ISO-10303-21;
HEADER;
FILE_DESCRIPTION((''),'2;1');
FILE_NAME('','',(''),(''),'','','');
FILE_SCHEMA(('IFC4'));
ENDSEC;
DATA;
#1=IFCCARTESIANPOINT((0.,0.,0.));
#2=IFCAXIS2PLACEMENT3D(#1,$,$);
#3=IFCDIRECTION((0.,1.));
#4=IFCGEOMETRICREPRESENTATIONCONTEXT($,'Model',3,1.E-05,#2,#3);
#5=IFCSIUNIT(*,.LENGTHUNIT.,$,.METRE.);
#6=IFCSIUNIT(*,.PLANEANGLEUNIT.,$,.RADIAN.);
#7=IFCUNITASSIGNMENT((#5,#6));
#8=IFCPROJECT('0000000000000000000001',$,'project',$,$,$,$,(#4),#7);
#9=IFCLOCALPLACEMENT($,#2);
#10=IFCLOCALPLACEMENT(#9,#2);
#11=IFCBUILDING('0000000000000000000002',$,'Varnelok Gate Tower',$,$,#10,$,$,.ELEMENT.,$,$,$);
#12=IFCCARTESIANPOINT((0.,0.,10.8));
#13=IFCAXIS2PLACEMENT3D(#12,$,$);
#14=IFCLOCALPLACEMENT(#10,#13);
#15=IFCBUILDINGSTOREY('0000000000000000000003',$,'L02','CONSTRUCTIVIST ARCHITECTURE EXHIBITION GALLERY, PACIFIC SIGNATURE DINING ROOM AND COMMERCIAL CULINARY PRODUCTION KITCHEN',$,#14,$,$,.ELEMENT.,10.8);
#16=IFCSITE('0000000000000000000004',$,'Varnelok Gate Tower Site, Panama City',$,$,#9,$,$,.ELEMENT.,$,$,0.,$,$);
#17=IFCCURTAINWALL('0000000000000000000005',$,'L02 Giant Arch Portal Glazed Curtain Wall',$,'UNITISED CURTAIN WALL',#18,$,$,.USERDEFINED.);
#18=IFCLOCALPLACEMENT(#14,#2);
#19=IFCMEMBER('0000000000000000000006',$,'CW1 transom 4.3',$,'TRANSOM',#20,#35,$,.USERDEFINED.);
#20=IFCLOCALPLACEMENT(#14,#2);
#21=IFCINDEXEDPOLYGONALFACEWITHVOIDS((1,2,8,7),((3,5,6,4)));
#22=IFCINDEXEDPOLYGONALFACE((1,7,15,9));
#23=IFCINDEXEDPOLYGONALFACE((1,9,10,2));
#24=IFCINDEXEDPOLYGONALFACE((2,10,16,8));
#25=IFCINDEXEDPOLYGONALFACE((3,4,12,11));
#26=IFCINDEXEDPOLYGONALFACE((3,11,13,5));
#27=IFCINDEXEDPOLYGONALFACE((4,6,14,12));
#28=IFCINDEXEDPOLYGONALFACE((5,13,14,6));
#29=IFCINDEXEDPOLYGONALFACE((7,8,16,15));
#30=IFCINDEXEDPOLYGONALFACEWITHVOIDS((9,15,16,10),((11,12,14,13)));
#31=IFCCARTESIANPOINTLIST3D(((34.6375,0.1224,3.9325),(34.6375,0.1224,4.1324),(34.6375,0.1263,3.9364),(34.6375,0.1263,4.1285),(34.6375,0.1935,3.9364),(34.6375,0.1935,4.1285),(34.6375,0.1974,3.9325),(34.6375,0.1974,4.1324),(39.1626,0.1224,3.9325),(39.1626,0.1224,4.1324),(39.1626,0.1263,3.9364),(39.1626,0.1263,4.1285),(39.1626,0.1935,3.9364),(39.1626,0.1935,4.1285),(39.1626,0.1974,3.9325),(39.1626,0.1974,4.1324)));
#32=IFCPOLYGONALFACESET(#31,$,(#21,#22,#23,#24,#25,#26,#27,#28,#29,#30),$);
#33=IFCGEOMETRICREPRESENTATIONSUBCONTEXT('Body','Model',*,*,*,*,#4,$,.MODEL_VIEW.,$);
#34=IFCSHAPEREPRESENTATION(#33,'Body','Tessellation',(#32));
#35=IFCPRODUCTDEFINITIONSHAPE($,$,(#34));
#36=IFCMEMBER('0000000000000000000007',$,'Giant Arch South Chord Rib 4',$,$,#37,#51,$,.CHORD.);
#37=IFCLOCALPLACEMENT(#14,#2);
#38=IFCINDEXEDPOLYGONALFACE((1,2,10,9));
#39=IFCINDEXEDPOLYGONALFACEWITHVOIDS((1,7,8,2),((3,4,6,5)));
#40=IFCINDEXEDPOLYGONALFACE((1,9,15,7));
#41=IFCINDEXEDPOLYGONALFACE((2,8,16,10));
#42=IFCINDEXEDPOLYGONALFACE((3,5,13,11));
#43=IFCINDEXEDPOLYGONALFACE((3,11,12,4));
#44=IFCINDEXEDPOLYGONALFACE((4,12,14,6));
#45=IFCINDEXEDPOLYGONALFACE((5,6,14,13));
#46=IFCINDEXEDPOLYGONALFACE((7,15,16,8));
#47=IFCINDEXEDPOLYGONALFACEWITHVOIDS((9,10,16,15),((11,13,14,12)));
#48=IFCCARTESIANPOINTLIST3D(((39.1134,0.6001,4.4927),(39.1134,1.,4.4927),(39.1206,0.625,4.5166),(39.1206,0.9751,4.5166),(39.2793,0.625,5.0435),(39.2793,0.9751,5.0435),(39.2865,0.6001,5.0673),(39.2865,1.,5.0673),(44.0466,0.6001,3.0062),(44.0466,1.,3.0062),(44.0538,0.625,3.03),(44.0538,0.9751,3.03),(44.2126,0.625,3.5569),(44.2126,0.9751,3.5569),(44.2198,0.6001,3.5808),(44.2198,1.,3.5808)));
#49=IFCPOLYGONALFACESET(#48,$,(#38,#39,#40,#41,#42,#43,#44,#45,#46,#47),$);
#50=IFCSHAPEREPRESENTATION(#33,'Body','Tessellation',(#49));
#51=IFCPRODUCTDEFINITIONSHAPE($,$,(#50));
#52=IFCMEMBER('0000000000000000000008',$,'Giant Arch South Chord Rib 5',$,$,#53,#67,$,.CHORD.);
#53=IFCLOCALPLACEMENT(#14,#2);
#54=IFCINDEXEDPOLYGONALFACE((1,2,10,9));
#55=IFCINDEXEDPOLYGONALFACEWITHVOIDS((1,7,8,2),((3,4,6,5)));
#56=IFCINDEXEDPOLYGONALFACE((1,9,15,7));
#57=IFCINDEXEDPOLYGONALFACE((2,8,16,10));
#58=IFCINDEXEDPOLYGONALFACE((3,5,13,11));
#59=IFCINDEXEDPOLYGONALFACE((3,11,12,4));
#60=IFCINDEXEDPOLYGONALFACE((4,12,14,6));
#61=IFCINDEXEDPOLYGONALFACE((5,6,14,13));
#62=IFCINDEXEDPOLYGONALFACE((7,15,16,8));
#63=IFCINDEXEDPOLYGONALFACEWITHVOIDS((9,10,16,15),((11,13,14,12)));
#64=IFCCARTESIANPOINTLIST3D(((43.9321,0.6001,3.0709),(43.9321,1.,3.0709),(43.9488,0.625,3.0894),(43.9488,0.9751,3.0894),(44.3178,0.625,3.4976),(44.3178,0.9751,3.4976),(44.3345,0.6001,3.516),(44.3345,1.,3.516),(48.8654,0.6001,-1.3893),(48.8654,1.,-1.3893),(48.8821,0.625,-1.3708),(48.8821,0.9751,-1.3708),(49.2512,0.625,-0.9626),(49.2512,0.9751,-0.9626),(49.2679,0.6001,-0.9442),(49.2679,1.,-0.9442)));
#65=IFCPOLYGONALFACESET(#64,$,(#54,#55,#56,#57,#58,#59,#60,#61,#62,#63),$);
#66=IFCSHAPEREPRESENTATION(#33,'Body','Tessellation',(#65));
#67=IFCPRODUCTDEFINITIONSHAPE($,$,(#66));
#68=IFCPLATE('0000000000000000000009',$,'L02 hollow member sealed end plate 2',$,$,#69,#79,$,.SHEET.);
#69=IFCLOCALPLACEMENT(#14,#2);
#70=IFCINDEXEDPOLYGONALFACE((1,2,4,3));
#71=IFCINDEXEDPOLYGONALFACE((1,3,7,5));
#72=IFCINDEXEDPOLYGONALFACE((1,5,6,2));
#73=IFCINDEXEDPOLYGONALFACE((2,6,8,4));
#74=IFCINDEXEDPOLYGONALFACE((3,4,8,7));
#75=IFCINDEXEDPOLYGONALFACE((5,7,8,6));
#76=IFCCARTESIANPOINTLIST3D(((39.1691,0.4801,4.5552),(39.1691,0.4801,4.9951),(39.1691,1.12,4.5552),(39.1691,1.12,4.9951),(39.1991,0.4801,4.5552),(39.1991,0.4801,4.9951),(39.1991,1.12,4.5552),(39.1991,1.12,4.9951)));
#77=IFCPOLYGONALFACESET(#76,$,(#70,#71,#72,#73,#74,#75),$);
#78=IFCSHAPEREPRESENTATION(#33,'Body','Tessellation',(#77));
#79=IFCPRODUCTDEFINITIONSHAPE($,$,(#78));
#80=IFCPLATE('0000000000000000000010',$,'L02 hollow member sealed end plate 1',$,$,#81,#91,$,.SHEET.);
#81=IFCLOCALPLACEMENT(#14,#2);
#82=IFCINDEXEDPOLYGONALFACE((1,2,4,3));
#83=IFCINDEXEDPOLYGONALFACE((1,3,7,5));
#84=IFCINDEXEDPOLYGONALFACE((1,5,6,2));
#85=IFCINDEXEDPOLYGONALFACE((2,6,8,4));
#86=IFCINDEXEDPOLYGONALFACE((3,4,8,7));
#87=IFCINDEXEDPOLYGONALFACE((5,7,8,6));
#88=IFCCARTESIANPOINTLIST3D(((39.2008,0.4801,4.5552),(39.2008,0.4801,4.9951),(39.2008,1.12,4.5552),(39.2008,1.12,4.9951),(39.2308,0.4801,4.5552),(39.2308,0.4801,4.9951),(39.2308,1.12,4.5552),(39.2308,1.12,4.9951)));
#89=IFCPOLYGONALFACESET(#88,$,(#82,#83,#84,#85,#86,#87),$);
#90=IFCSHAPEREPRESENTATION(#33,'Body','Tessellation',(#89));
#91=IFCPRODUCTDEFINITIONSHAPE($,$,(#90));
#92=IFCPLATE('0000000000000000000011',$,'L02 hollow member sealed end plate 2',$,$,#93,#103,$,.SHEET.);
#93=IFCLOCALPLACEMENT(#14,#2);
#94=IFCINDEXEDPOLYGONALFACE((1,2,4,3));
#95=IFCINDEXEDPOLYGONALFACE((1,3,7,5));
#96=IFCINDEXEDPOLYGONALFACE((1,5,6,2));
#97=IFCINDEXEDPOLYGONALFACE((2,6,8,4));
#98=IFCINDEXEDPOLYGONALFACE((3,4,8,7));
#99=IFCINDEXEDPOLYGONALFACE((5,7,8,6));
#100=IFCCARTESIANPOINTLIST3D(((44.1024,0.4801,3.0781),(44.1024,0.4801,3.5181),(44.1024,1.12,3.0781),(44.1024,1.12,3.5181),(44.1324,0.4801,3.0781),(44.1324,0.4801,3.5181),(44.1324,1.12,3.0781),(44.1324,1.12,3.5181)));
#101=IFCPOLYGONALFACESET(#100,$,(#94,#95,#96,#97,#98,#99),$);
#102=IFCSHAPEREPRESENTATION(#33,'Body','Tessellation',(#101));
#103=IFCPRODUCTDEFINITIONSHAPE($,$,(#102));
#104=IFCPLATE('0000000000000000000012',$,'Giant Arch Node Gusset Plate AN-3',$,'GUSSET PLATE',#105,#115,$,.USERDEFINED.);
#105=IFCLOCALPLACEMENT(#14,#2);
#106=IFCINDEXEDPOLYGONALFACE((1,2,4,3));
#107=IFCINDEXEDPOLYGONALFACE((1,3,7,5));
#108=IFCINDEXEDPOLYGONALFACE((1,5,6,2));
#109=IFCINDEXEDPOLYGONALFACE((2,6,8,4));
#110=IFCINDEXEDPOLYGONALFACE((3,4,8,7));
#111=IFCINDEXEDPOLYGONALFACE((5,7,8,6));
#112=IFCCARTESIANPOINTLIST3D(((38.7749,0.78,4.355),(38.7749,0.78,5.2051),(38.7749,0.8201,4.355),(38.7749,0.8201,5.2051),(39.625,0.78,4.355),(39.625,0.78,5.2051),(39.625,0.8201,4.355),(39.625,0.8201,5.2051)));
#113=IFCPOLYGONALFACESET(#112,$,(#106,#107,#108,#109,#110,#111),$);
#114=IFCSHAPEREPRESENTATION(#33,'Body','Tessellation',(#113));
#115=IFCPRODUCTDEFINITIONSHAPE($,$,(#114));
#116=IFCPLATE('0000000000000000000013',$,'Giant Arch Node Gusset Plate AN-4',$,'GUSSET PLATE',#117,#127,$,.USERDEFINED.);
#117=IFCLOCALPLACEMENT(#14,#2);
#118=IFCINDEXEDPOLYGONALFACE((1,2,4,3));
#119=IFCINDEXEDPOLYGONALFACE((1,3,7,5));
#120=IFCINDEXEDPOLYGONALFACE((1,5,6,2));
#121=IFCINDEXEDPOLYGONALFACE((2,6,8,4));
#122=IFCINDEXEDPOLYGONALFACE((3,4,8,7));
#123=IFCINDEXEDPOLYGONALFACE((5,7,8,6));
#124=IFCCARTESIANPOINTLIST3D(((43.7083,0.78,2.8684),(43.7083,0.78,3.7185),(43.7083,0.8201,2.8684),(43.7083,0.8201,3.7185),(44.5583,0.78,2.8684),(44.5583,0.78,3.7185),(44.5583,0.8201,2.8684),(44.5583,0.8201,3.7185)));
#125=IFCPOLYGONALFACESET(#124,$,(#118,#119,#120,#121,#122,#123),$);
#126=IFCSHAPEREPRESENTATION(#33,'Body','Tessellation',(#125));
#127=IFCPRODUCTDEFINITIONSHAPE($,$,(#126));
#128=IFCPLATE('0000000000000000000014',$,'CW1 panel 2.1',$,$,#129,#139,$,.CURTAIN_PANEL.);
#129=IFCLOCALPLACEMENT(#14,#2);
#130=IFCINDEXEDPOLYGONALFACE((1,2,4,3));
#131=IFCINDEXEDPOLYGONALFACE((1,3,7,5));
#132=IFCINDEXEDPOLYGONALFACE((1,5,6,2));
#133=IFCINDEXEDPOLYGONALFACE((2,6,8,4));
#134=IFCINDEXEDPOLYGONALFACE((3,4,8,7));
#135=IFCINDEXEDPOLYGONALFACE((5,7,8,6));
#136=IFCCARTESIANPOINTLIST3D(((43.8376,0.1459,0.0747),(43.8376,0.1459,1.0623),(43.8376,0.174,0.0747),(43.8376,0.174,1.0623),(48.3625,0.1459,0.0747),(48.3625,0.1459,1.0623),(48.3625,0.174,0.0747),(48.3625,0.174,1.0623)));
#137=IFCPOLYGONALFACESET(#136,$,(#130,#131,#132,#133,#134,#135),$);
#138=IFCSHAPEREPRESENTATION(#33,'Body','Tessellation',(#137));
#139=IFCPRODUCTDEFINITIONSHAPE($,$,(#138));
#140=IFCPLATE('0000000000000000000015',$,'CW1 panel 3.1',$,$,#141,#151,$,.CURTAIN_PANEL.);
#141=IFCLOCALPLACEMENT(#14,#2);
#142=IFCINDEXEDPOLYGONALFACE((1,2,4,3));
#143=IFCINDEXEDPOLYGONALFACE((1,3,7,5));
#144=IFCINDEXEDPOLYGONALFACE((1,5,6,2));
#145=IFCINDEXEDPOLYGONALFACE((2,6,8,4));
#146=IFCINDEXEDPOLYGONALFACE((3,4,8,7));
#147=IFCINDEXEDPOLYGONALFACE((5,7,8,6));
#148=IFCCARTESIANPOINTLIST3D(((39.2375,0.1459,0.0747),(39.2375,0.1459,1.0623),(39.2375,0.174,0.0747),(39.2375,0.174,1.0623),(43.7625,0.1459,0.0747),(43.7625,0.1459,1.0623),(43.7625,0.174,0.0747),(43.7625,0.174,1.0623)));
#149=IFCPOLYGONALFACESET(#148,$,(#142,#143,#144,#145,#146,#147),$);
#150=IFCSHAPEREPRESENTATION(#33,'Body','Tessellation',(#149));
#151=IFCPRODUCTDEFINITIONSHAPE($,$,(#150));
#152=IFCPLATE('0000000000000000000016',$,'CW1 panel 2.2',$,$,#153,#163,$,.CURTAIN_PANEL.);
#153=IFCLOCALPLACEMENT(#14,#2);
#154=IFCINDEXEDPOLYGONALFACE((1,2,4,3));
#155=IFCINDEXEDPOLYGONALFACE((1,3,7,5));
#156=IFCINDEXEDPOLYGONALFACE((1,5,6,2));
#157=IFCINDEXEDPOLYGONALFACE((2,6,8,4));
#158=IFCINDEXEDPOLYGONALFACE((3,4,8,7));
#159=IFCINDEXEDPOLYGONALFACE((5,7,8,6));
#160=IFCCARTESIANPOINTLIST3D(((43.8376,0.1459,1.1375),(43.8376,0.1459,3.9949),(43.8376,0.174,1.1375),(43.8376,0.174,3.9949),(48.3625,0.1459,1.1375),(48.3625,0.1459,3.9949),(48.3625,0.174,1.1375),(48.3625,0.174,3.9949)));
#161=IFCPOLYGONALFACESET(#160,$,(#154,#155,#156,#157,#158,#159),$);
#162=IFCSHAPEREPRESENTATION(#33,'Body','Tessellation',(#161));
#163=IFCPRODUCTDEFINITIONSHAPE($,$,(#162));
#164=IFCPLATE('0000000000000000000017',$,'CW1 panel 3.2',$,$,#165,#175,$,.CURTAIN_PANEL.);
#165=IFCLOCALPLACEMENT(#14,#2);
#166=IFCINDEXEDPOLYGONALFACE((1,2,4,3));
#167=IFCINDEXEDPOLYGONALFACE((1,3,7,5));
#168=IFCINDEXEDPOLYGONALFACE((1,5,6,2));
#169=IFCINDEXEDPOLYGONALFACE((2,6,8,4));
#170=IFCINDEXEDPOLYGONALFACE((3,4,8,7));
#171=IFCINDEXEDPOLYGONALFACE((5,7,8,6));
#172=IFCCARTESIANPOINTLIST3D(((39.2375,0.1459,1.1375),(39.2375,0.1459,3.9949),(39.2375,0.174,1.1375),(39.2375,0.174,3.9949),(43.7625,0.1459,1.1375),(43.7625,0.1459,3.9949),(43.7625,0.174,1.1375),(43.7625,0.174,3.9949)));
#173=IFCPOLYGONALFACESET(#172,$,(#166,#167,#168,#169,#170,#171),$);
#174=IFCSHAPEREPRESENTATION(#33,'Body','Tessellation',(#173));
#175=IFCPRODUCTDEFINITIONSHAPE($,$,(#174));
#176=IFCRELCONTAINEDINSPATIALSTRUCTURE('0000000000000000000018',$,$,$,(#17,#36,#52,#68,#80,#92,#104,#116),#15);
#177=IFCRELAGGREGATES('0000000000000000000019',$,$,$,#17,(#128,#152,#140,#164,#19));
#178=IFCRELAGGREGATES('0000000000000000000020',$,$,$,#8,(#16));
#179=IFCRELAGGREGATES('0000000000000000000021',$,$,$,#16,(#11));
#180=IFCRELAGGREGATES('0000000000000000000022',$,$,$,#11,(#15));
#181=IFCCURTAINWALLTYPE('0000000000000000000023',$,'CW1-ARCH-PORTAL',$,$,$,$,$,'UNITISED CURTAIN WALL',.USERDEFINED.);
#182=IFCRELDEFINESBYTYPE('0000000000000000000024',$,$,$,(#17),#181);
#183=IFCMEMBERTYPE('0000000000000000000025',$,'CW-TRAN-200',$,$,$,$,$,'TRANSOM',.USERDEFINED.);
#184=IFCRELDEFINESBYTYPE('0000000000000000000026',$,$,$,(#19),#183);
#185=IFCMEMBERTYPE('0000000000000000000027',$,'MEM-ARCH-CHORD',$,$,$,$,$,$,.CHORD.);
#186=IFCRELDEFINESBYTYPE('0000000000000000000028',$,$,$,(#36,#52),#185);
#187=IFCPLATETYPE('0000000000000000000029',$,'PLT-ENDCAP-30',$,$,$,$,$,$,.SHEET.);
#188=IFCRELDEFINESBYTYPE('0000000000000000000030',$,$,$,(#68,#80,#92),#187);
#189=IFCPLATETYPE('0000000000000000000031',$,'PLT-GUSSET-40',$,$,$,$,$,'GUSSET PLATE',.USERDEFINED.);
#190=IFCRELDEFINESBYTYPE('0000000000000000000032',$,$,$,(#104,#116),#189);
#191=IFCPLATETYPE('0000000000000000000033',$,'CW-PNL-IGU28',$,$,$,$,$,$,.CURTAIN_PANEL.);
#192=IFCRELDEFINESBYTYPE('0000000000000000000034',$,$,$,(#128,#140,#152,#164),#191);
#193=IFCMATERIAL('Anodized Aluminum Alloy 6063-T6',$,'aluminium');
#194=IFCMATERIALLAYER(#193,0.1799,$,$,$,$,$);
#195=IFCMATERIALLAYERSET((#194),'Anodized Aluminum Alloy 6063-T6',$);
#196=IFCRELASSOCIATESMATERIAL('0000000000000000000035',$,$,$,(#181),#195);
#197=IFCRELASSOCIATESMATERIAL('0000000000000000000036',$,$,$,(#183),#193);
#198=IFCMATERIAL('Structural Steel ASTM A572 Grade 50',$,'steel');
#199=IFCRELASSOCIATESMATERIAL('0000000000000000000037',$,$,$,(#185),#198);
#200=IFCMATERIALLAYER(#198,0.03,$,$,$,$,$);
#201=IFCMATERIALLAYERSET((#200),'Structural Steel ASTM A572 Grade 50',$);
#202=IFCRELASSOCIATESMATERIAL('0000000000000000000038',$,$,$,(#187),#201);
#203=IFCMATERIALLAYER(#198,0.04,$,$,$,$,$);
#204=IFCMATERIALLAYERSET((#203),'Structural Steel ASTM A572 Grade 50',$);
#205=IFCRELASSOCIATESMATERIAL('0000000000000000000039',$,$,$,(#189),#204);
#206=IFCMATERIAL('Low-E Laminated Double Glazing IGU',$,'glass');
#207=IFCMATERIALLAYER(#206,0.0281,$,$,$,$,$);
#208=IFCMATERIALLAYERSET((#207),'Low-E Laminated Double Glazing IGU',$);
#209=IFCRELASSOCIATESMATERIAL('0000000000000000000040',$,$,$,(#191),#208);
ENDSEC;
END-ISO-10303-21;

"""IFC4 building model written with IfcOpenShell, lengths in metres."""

from ifc_helpers import new_model, si_unit, direction, frame, origin, origin_2d, place, context, subcontext, project, spatial, rectangle, hollow_rectangle, extrude, source, transform, mapped, material, layer, layer_set, material_profile, profile_set, type_object, element, aggregate, save


model = new_model("IFC4")

# Units and contexts
model_context = context("Model", 3, precision=1e-05, world=origin(), true_north=direction((0.0, 1.0)))
body_context = subcontext(model_context, "Body", "Model", "MODEL_VIEW")
ifc_project = project(units=[si_unit("LENGTHUNIT", "METRE"), si_unit("PLANEANGLEUNIT", "RADIAN")], contexts=[model_context])

# Site, building, storey
site_placement = place(None, origin())
site = spatial("IfcSite", under=ifc_project, at=site_placement, Name="Varnelok Gate Tower Site, Panama City", CompositionType="ELEMENT", RefElevation=0.0)
building_placement = place(site_placement, origin())
building = spatial("IfcBuilding", under=site, at=building_placement, Name="Varnelok Gate Tower", CompositionType="ELEMENT")
storey_placement = place(building_placement, frame((0.0, 0.0, 10.8)))
storey = spatial("IfcBuildingStorey", under=building, at=storey_placement, Name="L02", Description="CONSTRUCTIVIST ARCHITECTURE EXHIBITION GALLERY, PACIFIC SIGNATURE DINING ROOM AND COMMERCIAL CULINARY PRODUCTION KITCHEN", CompositionType="ELEMENT", Elevation=10.8)

# Curtain wall, member
ifc_material_1 = material(Name="Anodized Aluminum Alloy 6063-T6", Category="aluminium")
ifc_layer_1 = layer(ifc_material_1, 0.1799)
ifc_layer_set_1 = layer_set([ifc_layer_1], Name="Anodized Aluminum Alloy 6063-T6")
curtain_wall_type = type_object("IfcCurtainWallType", Name="CW1-ARCH-PORTAL", ElementType="UNITISED CURTAIN WALL", PredefinedType="USERDEFINED", material=ifc_layer_set_1)
curtain_wall_placement = place(storey_placement, origin())
curtain_wall = element("IfcCurtainWall", 1, at=curtain_wall_placement, inside=storey, type_object=curtain_wall_type, Name="L02 Giant Arch Portal Glazed Curtain Wall", ObjectType="UNITISED CURTAIN WALL", PredefinedType="USERDEFINED")
ifc_material_profile_1 = material_profile(ifc_material_1, hollow_rectangle(XDim=0.075, YDim=0.2, WallThickness=0.0039, at=origin_2d()), Name="ALU200X75X4")
ifc_profile_set_1 = profile_set([ifc_material_profile_1], Name="Anodized Aluminum Alloy 6063-T6")
member_type_1 = type_object("IfcMemberType", Name="CW-TRAN-200", ElementType="TRANSOM", PredefinedType="USERDEFINED", material=ifc_profile_set_1)
member_1_placement = place(storey_placement, frame((39.1626, 0.1599, 4.0325), z_axis=(-1.0, 0.0, 0.0), x_axis=(0.0, -1.0, 0.0)))
member_1 = element("IfcMember", 2, at=member_1_placement, type_object=member_type_1, Name="CW1 transom 4.3", ObjectType="TRANSOM", PredefinedType="USERDEFINED", context=body_context, shape_type="SweptSolid", body=[
    extrude(hollow_rectangle(XDim=0.075, YDim=0.2, WallThickness=0.0039, at=origin_2d()), origin(), (0.0, 0.0, 1.0), 4.5251),
])

# Members
ifc_material_2 = material(Name="Structural Steel ASTM A572 Grade 50", Category="steel")
ifc_material_profile_2 = material_profile(ifc_material_2, hollow_rectangle(XDim=0.3999, YDim=0.6001, WallThickness=0.0249, at=origin_2d()), Name="HSS600X400X25")
ifc_profile_set_2 = profile_set([ifc_material_profile_2], Name="Structural Steel ASTM A572 Grade 50")
member_type_2 = type_object("IfcMemberType", Name="MEM-ARCH-CHORD", PredefinedType="CHORD", material=ifc_profile_set_2)
member_2_placement = place(storey_placement, frame((39.2, 0.8, 4.78), z_axis=(0.957475, 0.0, -0.288517), x_axis=(0.0, 1.0, 0.0)))
element("IfcMember", 3, at=member_2_placement, inside=storey, type_object=member_type_2, Name="Giant Arch South Chord Rib 4", PredefinedType="CHORD", context=body_context, shape_type="SweptSolid", body=[
    extrude(hollow_rectangle(XDim=0.3999, YDim=0.6001, WallThickness=0.0249, at=origin_2d()), origin(), (0.0, 0.0, 1.0), 5.1523),
])
member_3_placement = place(storey_placement, frame((44.1333, 0.8, 3.2935), z_axis=(0.741783, 0.0, -0.67064), x_axis=(0.0, 1.0, 0.0)))
element("IfcMember", 4, at=member_3_placement, inside=storey, type_object=member_type_2, Name="Giant Arch South Chord Rib 5", PredefinedType="CHORD", context=body_context, shape_type="SweptSolid", body=[
    extrude(hollow_rectangle(XDim=0.3999, YDim=0.6001, WallThickness=0.0249, at=origin_2d()), origin(), (0.0, 0.0, 1.0), 6.6506),
])

# Plates
ifc_layer_2 = layer(ifc_material_2, 0.03)
ifc_layer_set_2 = layer_set([ifc_layer_2], Name="Structural Steel ASTM A572 Grade 50")
plate_type_1 = type_object("IfcPlateType", Name="PLT-ENDCAP-30", PredefinedType="SHEET", material=ifc_layer_set_2)
shared_shape_1 = source(origin(), body_context, "Body", "SweptSolid", [
    extrude(rectangle(XDim=0.03, YDim=0.6399, at=origin_2d()), origin(), (0.0, 0.0, 1.0), 0.4399),
])
for number, where, z_axis, x_axis, name in (
    (5, (39.1841, 0.8, 4.5552), (0.0, 0.0, 1.0), (1.0, 0.0, 0.0), "L02 hollow member sealed end plate 2"),
    (6, (39.2158, 0.8, 4.5552), (0.0, 0.0, 1.0), (1.0, 0.0, 0.0), "L02 hollow member sealed end plate 1"),
    (7, (44.1174, 0.8, 3.0781), (0.0, 0.0, 1.0), (1.0, 0.0, 0.0), "L02 hollow member sealed end plate 2"),
):
    element("IfcPlate", number, at=place(storey_placement, frame(where, z_axis=z_axis, x_axis=x_axis)), inside=storey, type_object=plate_type_1, Name=name, PredefinedType="SHEET", context=body_context, shape_type="MappedRepresentation", body=[
        mapped(shared_shape_1, transform((0.0, 0.0, 0.0), scale=1.0)),
    ])
ifc_layer_3 = layer(ifc_material_2, 0.04)
ifc_layer_set_3 = layer_set([ifc_layer_3], Name="Structural Steel ASTM A572 Grade 50")
plate_type_2 = type_object("IfcPlateType", Name="PLT-GUSSET-40", ElementType="GUSSET PLATE", PredefinedType="USERDEFINED", material=ifc_layer_set_3)
shared_shape_2 = source(origin(), body_context, "Body", "SweptSolid", [
    extrude(rectangle(XDim=0.8501, YDim=0.04, at=origin_2d()), origin(), (0.0, 0.0, 1.0), 0.8501),
])
for number, where, z_axis, x_axis, name in (
    (8, (39.2, 0.8, 4.355), (0.0, 0.0, 1.0), (1.0, 0.0, 0.0), "Giant Arch Node Gusset Plate AN-3"),
    (9, (44.1333, 0.8, 2.8684), (0.0, 0.0, 1.0), (1.0, 0.0, 0.0), "Giant Arch Node Gusset Plate AN-4"),
):
    element("IfcPlate", number, at=place(storey_placement, frame(where, z_axis=z_axis, x_axis=x_axis)), inside=storey, type_object=plate_type_2, Name=name, ObjectType="GUSSET PLATE", PredefinedType="USERDEFINED", context=body_context, shape_type="MappedRepresentation", body=[
        mapped(shared_shape_2, transform((0.0, 0.0, 0.0), scale=1.0)),
    ])

# Plates
ifc_material_3 = material(Name="Low-E Laminated Double Glazing IGU", Category="glass")
ifc_layer_4 = layer(ifc_material_3, 0.0281)
ifc_layer_set_4 = layer_set([ifc_layer_4], Name="Low-E Laminated Double Glazing IGU")
plate_type_3 = type_object("IfcPlateType", Name="CW-PNL-IGU28", PredefinedType="CURTAIN_PANEL", material=ifc_layer_set_4)
shared_shape_3 = source(origin(), body_context, "Body", "SweptSolid", [
    extrude(rectangle(XDim=4.5249, YDim=0.0281, at=origin_2d()), origin(), (0.0, 0.0, 1.0), 0.9875),
])
plate_1_placement = place(storey_placement, frame((46.1001, 0.1599, 0.0747), z_axis=(0.0, 0.0, 1.0), x_axis=(-1.0, 0.0, 0.0)))
plate_1 = element("IfcPlate", 10, at=plate_1_placement, type_object=plate_type_3, Name="CW1 panel 2.1", PredefinedType="CURTAIN_PANEL", context=body_context, shape_type="MappedRepresentation", body=[
    mapped(shared_shape_3, transform((0.0, 0.0, 0.0), scale=1.0)),
])
plate_2_placement = place(storey_placement, frame((41.5, 0.1599, 0.0747), z_axis=(0.0, 0.0, 1.0), x_axis=(-1.0, 0.0, 0.0)))
plate_2 = element("IfcPlate", 11, at=plate_2_placement, type_object=plate_type_3, Name="CW1 panel 3.1", PredefinedType="CURTAIN_PANEL", context=body_context, shape_type="MappedRepresentation", body=[
    mapped(shared_shape_3, transform((0.0, 0.0, 0.0), scale=1.0)),
])
shared_shape_4 = source(origin(), body_context, "Body", "SweptSolid", [
    extrude(rectangle(XDim=4.5249, YDim=0.0281, at=origin_2d()), origin(), (0.0, 0.0, 1.0), 2.8574),
])
plate_3_placement = place(storey_placement, frame((46.1001, 0.1599, 1.1375), z_axis=(0.0, 0.0, 1.0), x_axis=(-1.0, 0.0, 0.0)))
plate_3 = element("IfcPlate", 12, at=plate_3_placement, type_object=plate_type_3, Name="CW1 panel 2.2", PredefinedType="CURTAIN_PANEL", context=body_context, shape_type="MappedRepresentation", body=[
    mapped(shared_shape_4, transform((0.0, 0.0, 0.0), scale=1.0)),
])
plate_4_placement = place(storey_placement, frame((41.5, 0.1599, 1.1375), z_axis=(0.0, 0.0, 1.0), x_axis=(-1.0, 0.0, 0.0)))
plate_4 = element("IfcPlate", 13, at=plate_4_placement, type_object=plate_type_3, Name="CW1 panel 3.2", PredefinedType="CURTAIN_PANEL", context=body_context, shape_type="MappedRepresentation", body=[
    mapped(shared_shape_4, transform((0.0, 0.0, 0.0), scale=1.0)),
])
aggregate(curtain_wall, [plate_1, plate_3, plate_2, plate_4, member_1])

save(model, "model.ifc")
